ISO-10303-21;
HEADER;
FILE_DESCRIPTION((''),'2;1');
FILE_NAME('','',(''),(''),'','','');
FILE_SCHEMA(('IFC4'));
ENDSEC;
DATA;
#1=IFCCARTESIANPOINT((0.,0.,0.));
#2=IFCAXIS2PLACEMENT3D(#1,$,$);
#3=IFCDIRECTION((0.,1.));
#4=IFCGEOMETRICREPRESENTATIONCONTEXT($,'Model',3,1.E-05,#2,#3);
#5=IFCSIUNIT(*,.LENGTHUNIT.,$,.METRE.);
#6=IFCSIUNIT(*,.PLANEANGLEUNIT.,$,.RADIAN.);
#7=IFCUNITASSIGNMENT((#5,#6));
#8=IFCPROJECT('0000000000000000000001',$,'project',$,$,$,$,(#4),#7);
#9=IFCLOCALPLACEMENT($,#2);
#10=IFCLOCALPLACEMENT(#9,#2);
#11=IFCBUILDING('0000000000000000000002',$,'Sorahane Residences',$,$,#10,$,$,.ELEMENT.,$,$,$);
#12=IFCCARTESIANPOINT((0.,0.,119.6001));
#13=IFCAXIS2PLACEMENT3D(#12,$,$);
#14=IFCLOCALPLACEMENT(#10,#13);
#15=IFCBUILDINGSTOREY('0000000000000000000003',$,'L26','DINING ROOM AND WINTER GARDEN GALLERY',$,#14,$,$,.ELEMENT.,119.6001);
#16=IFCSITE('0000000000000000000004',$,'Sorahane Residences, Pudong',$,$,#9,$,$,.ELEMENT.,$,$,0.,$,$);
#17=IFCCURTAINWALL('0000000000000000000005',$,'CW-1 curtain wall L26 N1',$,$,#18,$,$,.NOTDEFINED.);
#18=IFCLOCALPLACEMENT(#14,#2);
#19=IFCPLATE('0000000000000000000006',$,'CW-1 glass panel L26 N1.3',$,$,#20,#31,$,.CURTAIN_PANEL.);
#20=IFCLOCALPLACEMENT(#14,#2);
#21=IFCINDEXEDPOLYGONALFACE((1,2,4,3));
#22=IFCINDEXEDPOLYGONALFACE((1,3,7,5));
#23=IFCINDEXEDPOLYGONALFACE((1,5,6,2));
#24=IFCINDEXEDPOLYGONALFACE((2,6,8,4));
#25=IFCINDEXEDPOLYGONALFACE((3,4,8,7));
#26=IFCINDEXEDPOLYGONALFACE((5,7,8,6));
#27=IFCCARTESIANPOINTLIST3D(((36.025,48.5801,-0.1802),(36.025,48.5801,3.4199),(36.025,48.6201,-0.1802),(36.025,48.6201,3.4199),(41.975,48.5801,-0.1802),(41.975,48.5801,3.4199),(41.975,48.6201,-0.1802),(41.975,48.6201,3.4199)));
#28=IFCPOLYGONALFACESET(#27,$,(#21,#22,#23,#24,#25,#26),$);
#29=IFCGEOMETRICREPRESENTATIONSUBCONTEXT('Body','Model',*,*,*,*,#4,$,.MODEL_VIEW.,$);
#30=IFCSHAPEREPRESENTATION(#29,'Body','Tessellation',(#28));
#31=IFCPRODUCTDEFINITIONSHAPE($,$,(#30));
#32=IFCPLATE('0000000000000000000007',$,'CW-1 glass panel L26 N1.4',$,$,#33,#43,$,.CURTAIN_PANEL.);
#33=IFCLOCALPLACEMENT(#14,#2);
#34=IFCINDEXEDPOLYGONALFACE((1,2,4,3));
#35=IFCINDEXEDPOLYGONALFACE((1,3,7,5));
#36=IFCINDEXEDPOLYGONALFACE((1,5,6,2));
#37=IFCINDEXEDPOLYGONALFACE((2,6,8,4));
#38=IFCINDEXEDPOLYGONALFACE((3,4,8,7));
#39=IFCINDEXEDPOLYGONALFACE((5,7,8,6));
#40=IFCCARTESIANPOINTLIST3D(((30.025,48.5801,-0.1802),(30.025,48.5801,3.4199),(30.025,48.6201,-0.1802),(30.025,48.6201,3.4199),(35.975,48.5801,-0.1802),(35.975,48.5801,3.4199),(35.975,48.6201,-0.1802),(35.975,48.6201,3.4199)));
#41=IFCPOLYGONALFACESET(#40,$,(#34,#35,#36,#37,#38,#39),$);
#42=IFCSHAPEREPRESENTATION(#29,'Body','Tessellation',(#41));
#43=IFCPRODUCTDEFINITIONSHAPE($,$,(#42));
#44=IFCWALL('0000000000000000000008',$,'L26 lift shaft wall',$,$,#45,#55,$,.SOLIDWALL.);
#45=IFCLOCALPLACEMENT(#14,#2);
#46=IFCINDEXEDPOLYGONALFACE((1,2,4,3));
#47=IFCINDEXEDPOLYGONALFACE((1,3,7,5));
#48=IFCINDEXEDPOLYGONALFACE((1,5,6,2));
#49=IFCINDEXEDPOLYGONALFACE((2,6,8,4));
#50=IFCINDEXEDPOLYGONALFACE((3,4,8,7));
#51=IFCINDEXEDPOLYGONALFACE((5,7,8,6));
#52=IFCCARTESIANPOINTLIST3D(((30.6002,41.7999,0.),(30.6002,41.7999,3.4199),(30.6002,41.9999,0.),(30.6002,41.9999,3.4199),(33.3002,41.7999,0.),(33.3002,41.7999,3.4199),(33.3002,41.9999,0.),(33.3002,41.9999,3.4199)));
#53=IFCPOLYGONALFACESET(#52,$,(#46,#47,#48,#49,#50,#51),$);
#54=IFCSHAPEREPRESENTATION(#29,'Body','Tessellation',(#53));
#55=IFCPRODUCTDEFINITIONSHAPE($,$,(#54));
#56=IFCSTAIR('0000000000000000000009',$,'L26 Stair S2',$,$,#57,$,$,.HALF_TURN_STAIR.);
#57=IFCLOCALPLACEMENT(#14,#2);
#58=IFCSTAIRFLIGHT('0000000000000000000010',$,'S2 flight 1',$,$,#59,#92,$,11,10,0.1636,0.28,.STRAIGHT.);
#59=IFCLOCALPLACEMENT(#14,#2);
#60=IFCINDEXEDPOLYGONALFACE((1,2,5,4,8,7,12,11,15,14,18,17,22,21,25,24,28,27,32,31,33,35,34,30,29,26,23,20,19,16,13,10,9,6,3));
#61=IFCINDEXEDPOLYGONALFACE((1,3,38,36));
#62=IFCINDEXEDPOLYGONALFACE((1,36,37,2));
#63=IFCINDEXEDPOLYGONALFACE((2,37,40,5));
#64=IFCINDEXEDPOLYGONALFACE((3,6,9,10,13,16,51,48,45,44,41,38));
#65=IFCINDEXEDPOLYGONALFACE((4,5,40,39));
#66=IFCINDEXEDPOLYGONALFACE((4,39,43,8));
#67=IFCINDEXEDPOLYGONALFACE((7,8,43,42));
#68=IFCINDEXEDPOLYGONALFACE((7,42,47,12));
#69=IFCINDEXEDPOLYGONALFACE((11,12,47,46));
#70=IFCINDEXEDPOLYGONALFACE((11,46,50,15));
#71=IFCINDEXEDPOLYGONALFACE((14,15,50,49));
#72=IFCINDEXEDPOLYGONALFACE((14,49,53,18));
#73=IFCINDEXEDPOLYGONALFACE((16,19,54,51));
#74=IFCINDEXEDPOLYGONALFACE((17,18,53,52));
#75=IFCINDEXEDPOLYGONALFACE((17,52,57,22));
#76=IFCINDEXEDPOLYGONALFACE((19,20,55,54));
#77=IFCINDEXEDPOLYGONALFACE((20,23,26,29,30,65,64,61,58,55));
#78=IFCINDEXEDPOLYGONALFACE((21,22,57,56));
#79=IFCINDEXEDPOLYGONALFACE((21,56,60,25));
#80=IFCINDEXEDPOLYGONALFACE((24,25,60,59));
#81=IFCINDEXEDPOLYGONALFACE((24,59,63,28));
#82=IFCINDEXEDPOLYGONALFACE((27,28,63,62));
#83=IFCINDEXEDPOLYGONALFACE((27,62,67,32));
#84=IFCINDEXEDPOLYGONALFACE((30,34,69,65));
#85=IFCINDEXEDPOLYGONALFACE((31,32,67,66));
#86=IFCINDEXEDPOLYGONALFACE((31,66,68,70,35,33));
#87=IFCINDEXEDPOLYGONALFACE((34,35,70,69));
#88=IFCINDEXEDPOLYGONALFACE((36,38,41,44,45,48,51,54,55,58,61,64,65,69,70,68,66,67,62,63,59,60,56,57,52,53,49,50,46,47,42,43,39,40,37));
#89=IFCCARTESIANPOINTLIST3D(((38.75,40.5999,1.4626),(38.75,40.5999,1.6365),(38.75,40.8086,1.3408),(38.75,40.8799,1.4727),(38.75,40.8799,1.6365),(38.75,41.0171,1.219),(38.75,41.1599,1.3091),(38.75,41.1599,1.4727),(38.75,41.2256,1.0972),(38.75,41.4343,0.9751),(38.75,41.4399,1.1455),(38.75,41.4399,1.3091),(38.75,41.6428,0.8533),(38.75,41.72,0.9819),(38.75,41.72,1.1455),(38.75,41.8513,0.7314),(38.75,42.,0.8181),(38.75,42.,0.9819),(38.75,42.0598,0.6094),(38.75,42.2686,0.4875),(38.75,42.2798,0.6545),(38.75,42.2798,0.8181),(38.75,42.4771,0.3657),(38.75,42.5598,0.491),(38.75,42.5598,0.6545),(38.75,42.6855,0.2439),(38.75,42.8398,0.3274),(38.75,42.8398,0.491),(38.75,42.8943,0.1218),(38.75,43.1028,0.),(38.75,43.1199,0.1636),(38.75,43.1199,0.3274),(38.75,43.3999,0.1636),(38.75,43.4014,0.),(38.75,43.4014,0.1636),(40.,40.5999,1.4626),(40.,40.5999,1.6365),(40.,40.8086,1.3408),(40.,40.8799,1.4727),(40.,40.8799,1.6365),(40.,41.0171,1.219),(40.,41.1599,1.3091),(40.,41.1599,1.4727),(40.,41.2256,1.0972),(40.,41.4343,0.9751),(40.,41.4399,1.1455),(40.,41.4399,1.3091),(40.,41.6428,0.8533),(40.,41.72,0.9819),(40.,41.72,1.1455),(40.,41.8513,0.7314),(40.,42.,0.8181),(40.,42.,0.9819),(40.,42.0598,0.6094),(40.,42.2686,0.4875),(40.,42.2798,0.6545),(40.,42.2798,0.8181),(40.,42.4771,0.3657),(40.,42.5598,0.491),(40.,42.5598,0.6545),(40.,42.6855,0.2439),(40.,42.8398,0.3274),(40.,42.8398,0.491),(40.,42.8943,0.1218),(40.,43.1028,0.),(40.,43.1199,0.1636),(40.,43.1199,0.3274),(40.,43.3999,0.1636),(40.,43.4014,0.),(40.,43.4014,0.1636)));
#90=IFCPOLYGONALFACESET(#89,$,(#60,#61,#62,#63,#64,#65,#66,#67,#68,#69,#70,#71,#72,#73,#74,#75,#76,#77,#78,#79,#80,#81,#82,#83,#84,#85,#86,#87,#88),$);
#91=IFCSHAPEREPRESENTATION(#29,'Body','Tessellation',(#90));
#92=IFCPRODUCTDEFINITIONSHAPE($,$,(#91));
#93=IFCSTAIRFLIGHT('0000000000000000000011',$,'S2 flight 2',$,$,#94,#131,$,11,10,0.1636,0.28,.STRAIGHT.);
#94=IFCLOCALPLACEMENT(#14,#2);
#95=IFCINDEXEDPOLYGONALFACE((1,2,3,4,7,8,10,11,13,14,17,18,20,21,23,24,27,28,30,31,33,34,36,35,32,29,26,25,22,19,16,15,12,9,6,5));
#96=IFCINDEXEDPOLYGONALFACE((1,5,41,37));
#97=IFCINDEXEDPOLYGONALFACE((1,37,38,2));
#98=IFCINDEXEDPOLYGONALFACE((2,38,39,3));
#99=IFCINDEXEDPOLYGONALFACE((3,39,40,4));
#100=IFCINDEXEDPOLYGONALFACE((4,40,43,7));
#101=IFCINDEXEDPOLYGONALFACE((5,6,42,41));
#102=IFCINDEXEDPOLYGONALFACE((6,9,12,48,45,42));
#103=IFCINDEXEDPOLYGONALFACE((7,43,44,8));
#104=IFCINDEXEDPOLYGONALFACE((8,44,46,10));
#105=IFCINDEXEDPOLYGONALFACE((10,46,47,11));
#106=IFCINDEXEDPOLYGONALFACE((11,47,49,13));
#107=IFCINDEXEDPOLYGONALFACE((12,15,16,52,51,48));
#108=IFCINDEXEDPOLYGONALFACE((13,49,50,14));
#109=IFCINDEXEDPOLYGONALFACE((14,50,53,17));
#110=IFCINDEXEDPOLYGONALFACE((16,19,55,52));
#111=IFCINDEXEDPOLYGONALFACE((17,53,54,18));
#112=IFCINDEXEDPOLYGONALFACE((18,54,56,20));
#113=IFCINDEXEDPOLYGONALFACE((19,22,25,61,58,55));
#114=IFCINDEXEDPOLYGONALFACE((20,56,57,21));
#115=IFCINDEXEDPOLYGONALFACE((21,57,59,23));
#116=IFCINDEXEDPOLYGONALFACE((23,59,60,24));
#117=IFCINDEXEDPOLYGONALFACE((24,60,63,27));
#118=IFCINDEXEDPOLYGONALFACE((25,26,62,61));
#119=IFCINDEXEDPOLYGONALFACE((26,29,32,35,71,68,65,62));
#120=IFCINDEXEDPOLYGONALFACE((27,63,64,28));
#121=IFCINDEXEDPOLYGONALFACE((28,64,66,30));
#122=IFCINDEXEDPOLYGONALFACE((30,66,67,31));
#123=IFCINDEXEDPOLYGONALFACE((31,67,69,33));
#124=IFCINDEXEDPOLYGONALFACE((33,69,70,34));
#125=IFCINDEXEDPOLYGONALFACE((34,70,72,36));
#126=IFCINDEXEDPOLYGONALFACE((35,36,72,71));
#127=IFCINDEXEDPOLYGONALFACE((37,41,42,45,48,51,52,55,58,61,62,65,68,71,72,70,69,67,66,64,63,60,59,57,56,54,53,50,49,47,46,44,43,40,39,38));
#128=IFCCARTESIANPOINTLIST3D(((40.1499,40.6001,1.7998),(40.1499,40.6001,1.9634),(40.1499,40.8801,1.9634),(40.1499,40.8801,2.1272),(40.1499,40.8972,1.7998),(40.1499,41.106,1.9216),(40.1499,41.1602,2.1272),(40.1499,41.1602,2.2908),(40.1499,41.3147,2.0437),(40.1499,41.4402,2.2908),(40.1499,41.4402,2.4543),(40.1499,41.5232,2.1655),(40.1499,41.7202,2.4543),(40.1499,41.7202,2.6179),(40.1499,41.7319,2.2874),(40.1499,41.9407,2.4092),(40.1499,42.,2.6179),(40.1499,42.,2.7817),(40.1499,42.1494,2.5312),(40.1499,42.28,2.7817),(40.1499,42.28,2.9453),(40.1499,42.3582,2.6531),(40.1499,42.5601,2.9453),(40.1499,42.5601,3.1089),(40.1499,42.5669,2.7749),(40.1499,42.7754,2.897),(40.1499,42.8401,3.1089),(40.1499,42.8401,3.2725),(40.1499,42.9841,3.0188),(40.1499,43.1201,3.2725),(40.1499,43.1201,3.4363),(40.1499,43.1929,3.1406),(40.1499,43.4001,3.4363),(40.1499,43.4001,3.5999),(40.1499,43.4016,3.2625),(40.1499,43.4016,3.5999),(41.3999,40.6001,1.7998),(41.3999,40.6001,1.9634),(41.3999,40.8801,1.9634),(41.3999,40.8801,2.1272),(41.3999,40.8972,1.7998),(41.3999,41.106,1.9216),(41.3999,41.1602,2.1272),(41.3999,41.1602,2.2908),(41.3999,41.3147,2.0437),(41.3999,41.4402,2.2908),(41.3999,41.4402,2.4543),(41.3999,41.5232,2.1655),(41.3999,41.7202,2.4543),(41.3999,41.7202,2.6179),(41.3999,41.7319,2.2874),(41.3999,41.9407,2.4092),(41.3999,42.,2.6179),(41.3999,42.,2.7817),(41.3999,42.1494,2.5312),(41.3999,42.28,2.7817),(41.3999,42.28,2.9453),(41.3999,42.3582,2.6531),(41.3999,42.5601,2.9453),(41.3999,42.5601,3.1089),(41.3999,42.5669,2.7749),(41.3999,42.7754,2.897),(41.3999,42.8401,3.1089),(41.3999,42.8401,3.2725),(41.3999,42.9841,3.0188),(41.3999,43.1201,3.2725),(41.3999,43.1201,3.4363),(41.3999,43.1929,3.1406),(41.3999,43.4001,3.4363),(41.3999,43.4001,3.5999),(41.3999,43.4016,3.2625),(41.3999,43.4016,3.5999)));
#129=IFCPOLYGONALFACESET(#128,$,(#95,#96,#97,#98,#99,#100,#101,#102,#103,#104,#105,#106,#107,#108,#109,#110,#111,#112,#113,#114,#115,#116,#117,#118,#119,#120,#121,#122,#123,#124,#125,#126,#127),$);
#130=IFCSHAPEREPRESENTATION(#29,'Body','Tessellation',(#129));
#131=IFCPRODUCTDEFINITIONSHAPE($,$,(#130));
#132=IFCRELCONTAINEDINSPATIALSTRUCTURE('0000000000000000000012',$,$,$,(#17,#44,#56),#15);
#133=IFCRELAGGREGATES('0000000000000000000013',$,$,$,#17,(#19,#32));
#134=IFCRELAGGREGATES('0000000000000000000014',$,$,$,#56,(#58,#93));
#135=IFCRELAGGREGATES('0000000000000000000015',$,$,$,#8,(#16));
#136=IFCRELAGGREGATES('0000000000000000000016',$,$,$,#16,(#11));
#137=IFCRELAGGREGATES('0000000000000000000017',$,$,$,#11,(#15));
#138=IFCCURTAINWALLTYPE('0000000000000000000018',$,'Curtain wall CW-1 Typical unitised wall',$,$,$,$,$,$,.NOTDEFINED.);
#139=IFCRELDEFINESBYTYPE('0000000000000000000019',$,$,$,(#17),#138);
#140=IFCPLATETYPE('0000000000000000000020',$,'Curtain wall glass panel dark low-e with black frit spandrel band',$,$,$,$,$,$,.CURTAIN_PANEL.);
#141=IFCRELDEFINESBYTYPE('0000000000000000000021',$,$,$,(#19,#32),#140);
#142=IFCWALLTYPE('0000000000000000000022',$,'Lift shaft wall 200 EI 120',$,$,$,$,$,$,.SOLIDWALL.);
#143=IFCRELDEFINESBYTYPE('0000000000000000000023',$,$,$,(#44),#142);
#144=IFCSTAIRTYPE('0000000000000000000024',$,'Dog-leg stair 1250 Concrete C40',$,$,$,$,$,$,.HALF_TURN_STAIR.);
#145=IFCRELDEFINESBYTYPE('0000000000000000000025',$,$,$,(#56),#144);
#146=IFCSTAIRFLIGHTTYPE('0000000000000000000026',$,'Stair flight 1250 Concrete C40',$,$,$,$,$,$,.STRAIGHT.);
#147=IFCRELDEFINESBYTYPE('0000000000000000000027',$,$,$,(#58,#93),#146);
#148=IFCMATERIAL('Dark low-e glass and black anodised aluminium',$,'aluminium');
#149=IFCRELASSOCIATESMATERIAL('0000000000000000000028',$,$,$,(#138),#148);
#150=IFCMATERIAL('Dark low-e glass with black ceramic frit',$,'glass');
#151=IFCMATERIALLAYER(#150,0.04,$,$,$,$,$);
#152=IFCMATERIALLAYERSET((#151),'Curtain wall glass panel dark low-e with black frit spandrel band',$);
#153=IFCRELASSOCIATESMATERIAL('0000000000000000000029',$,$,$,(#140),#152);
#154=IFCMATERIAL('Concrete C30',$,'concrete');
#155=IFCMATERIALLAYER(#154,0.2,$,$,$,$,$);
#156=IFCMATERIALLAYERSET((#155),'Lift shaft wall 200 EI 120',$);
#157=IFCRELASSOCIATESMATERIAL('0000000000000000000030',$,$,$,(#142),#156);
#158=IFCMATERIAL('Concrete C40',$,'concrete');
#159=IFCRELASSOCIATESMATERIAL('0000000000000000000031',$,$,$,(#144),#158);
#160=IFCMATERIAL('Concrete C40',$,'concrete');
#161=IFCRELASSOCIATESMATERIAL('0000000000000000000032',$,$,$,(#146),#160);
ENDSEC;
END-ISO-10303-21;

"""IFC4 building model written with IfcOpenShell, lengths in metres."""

from ifc_helpers import new_model, si_unit, direction, frame, frame_2d, origin, origin_2d, place, context, subcontext, project, spatial, polyline, rectangle, outline, extrude, material, layer, layer_set, type_object, element, aggregate, save


model = new_model("IFC4")

# Units and contexts
model_context = context("Model", 3, precision=1e-05, world=origin(), true_north=direction((0.0, 1.0)))
body_context = subcontext(model_context, "Body", "Model", "MODEL_VIEW")
ifc_project = project(units=[si_unit("LENGTHUNIT", "METRE"), si_unit("PLANEANGLEUNIT", "RADIAN")], contexts=[model_context])

# Site, building, storey
site_placement = place(None, origin())
site = spatial("IfcSite", under=ifc_project, at=site_placement, Name="Sorahane Residences, Pudong", CompositionType="ELEMENT", RefElevation=0.0)
building_placement = place(site_placement, origin())
building = spatial("IfcBuilding", under=site, at=building_placement, Name="Sorahane Residences", CompositionType="ELEMENT")
storey_placement = place(building_placement, frame((0.0, 0.0, 119.6001)))
storey = spatial("IfcBuildingStorey", under=building, at=storey_placement, Name="L26", Description="DINING ROOM AND WINTER GARDEN GALLERY", CompositionType="ELEMENT", Elevation=119.6001)

# Curtain wall
ifc_material_1 = material(Name="Dark low-e glass and black anodised aluminium", Category="aluminium")
curtain_wall_type = type_object("IfcCurtainWallType", Name="Curtain wall CW-1 Typical unitised wall", PredefinedType="NOTDEFINED", material=ifc_material_1)
curtain_wall_placement = place(storey_placement, origin())
curtain_wall = element("IfcCurtainWall", 1, at=curtain_wall_placement, inside=storey, type_object=curtain_wall_type, Name="CW-1 curtain wall L26 N1", PredefinedType="NOTDEFINED")

# Plates
ifc_material_2 = material(Name="Dark low-e glass with black ceramic frit", Category="glass")
ifc_layer_1 = layer(ifc_material_2, 0.04)
ifc_layer_set_1 = layer_set([ifc_layer_1], Name="Curtain wall glass panel dark low-e with black frit spandrel band")
plate_type = type_object("IfcPlateType", Name="Curtain wall glass panel dark low-e with black frit spandrel band", PredefinedType="CURTAIN_PANEL", material=ifc_layer_set_1)
plate_1_placement = place(storey_placement, frame((39.0, 48.6001, -0.1802), z_axis=(0.0, 0.0, 1.0), x_axis=(-1.0, 0.0, 0.0)))
plate_1 = element("IfcPlate", 2, at=plate_1_placement, type_object=plate_type, Name="CW-1 glass panel L26 N1.3", PredefinedType="CURTAIN_PANEL", context=body_context, shape_type="SweptSolid", body=[
    extrude(rectangle(XDim=5.95, YDim=0.04, at=origin_2d()), origin(), (0.0, 0.0, 1.0), 3.6001),
])
plate_2_placement = place(storey_placement, frame((33.0, 48.6001, -0.1802), z_axis=(0.0, 0.0, 1.0), x_axis=(-1.0, 0.0, 0.0)))
plate_2 = element("IfcPlate", 3, at=plate_2_placement, type_object=plate_type, Name="CW-1 glass panel L26 N1.4", PredefinedType="CURTAIN_PANEL", context=body_context, shape_type="SweptSolid", body=[
    extrude(rectangle(XDim=5.95, YDim=0.04, at=origin_2d()), origin(), (0.0, 0.0, 1.0), 3.6001),
])
aggregate(curtain_wall, [plate_1, plate_2])

# Wall
ifc_material_3 = material(Name="Concrete C30", Category="concrete")
ifc_layer_2 = layer(ifc_material_3, 0.2)
ifc_layer_set_2 = layer_set([ifc_layer_2], Name="Lift shaft wall 200 EI 120")
wall_type = type_object("IfcWallType", Name="Lift shaft wall 200 EI 120", PredefinedType="SOLIDWALL", material=ifc_layer_set_2)
wall_placement = place(storey_placement, frame((30.6001, 41.8999, 0.0), z_axis=(0.0, 0.0, 1.0), x_axis=(1.0, 0.0, 0.0)))
element("IfcWall", 4, at=wall_placement, inside=storey, type_object=wall_type, Name="L26 lift shaft wall", PredefinedType="SOLIDWALL", context=body_context, shape_type="SweptSolid", body=[
    extrude(rectangle(XDim=2.7, YDim=0.2, at=frame_2d((1.3501, 0.0))), origin(), (0.0, 0.0, 1.0), 3.4199),
])

# Stair, stair flights
ifc_material_4 = material(Name="Concrete C40", Category="concrete")
stair_type = type_object("IfcStairType", Name="Dog-leg stair 1250 Concrete C40", PredefinedType="HALF_TURN_STAIR", material=ifc_material_4)
stair_placement = place(storey_placement, origin())
stair = element("IfcStair", 5, at=stair_placement, inside=storey, type_object=stair_type, Name="L26 Stair S2", PredefinedType="HALF_TURN_STAIR")
ifc_material_5 = material(Name="Concrete C40", Category="concrete")
stair_flight_type = type_object("IfcStairFlightType", Name="Stair flight 1250 Concrete C40", PredefinedType="STRAIGHT", material=ifc_material_5)
stair_flight_1_placement = place(storey_placement, frame((39.375, 43.3999, 0.0), z_axis=(0.0, 0.0, 1.0), x_axis=(0.0, -1.0, 0.0)))
stair_flight_1 = element("IfcStairFlight", 6, at=stair_flight_1_placement, type_object=stair_flight_type, Name="S2 flight 1", NumberOfRisers=11, NumberOfTreads=10, PredefinedType="STRAIGHT", RiserHeight=0.1636, TreadLength=0.28, context=body_context, shape_type="SweptSolid", body=[
    extrude(outline(polyline([(-0.0015, 0.0), (-0.0015, 0.1636), (0.0, 0.1636), (0.28, 0.1636), (0.28, 0.3274), (0.5601, 0.3274), (0.5601, 0.491), (0.8401, 0.491), (0.8401, 0.6545), (1.1201, 0.6545), (1.1201, 0.8181), (1.3999, 0.8181), (1.3999, 0.9819), (1.6799, 0.9819), (1.6799, 1.1455), (1.96, 1.1455), (1.96, 1.3091), (2.24, 1.3091), (2.24, 1.4727), (2.52, 1.4727), (2.52, 1.6365), (2.8, 1.6365), (2.8, 1.8), (2.8, 1.4626), (2.5913, 1.3408), (2.3828, 1.219), (2.1743, 1.0972), (1.9656, 0.9751), (1.7571, 0.8533), (1.5486, 0.7314), (1.3401, 0.6094), (1.1313, 0.4875), (0.9229, 0.3657), (0.7144, 0.2439), (0.5056, 0.1218), (0.2971, 0.0), (-0.0015, 0.0)])), frame((0.0, 0.625, 0.0), z_axis=(0.0, -1.0, 0.0), x_axis=(1.0, 0.0, 0.0)), (0.0, 0.0, 1.0), 1.25),
])
stair_flight_2_placement = place(storey_placement, frame((40.7749, 40.6001, 1.7998), z_axis=(0.0, 0.0, 1.0), x_axis=(0.0, 1.0, 0.0)))
stair_flight_2 = element("IfcStairFlight", 7, at=stair_flight_2_placement, type_object=stair_flight_type, Name="S2 flight 2", NumberOfRisers=11, NumberOfTreads=10, PredefinedType="STRAIGHT", RiserHeight=0.1636, TreadLength=0.28, context=body_context, shape_type="SweptSolid", body=[
    extrude(outline(polyline([(0.0, 0.0), (0.0, 0.1636), (0.28, 0.1636), (0.28, 0.3274), (0.5601, 0.3274), (0.5601, 0.491), (0.8401, 0.491), (0.8401, 0.6545), (1.1201, 0.6545), (1.1201, 0.8181), (1.3999, 0.8181), (1.3999, 0.9819), (1.6799, 0.9819), (1.6799, 1.1455), (1.96, 1.1455), (1.96, 1.3091), (2.24, 1.3091), (2.24, 1.4727), (2.52, 1.4727), (2.52, 1.6365), (2.8, 1.6365), (2.8, 1.8), (2.8015, 1.8), (2.8015, 1.4626), (2.5928, 1.3408), (2.384, 1.219), (2.1753, 1.0972), (1.9668, 0.9751), (1.7581, 0.8533), (1.5493, 0.7314), (1.3406, 0.6094), (1.1318, 0.4875), (0.9231, 0.3657), (0.7146, 0.2439), (0.5059, 0.1218), (0.2971, 0.0), (0.0, 0.0)])), frame((0.0, 0.625, 0.0), z_axis=(0.0, -1.0, 0.0), x_axis=(1.0, 0.0, 0.0)), (0.0, 0.0, 1.0), 1.25),
])
aggregate(stair, [stair_flight_1, stair_flight_2])

save(model, "model.ifc")
